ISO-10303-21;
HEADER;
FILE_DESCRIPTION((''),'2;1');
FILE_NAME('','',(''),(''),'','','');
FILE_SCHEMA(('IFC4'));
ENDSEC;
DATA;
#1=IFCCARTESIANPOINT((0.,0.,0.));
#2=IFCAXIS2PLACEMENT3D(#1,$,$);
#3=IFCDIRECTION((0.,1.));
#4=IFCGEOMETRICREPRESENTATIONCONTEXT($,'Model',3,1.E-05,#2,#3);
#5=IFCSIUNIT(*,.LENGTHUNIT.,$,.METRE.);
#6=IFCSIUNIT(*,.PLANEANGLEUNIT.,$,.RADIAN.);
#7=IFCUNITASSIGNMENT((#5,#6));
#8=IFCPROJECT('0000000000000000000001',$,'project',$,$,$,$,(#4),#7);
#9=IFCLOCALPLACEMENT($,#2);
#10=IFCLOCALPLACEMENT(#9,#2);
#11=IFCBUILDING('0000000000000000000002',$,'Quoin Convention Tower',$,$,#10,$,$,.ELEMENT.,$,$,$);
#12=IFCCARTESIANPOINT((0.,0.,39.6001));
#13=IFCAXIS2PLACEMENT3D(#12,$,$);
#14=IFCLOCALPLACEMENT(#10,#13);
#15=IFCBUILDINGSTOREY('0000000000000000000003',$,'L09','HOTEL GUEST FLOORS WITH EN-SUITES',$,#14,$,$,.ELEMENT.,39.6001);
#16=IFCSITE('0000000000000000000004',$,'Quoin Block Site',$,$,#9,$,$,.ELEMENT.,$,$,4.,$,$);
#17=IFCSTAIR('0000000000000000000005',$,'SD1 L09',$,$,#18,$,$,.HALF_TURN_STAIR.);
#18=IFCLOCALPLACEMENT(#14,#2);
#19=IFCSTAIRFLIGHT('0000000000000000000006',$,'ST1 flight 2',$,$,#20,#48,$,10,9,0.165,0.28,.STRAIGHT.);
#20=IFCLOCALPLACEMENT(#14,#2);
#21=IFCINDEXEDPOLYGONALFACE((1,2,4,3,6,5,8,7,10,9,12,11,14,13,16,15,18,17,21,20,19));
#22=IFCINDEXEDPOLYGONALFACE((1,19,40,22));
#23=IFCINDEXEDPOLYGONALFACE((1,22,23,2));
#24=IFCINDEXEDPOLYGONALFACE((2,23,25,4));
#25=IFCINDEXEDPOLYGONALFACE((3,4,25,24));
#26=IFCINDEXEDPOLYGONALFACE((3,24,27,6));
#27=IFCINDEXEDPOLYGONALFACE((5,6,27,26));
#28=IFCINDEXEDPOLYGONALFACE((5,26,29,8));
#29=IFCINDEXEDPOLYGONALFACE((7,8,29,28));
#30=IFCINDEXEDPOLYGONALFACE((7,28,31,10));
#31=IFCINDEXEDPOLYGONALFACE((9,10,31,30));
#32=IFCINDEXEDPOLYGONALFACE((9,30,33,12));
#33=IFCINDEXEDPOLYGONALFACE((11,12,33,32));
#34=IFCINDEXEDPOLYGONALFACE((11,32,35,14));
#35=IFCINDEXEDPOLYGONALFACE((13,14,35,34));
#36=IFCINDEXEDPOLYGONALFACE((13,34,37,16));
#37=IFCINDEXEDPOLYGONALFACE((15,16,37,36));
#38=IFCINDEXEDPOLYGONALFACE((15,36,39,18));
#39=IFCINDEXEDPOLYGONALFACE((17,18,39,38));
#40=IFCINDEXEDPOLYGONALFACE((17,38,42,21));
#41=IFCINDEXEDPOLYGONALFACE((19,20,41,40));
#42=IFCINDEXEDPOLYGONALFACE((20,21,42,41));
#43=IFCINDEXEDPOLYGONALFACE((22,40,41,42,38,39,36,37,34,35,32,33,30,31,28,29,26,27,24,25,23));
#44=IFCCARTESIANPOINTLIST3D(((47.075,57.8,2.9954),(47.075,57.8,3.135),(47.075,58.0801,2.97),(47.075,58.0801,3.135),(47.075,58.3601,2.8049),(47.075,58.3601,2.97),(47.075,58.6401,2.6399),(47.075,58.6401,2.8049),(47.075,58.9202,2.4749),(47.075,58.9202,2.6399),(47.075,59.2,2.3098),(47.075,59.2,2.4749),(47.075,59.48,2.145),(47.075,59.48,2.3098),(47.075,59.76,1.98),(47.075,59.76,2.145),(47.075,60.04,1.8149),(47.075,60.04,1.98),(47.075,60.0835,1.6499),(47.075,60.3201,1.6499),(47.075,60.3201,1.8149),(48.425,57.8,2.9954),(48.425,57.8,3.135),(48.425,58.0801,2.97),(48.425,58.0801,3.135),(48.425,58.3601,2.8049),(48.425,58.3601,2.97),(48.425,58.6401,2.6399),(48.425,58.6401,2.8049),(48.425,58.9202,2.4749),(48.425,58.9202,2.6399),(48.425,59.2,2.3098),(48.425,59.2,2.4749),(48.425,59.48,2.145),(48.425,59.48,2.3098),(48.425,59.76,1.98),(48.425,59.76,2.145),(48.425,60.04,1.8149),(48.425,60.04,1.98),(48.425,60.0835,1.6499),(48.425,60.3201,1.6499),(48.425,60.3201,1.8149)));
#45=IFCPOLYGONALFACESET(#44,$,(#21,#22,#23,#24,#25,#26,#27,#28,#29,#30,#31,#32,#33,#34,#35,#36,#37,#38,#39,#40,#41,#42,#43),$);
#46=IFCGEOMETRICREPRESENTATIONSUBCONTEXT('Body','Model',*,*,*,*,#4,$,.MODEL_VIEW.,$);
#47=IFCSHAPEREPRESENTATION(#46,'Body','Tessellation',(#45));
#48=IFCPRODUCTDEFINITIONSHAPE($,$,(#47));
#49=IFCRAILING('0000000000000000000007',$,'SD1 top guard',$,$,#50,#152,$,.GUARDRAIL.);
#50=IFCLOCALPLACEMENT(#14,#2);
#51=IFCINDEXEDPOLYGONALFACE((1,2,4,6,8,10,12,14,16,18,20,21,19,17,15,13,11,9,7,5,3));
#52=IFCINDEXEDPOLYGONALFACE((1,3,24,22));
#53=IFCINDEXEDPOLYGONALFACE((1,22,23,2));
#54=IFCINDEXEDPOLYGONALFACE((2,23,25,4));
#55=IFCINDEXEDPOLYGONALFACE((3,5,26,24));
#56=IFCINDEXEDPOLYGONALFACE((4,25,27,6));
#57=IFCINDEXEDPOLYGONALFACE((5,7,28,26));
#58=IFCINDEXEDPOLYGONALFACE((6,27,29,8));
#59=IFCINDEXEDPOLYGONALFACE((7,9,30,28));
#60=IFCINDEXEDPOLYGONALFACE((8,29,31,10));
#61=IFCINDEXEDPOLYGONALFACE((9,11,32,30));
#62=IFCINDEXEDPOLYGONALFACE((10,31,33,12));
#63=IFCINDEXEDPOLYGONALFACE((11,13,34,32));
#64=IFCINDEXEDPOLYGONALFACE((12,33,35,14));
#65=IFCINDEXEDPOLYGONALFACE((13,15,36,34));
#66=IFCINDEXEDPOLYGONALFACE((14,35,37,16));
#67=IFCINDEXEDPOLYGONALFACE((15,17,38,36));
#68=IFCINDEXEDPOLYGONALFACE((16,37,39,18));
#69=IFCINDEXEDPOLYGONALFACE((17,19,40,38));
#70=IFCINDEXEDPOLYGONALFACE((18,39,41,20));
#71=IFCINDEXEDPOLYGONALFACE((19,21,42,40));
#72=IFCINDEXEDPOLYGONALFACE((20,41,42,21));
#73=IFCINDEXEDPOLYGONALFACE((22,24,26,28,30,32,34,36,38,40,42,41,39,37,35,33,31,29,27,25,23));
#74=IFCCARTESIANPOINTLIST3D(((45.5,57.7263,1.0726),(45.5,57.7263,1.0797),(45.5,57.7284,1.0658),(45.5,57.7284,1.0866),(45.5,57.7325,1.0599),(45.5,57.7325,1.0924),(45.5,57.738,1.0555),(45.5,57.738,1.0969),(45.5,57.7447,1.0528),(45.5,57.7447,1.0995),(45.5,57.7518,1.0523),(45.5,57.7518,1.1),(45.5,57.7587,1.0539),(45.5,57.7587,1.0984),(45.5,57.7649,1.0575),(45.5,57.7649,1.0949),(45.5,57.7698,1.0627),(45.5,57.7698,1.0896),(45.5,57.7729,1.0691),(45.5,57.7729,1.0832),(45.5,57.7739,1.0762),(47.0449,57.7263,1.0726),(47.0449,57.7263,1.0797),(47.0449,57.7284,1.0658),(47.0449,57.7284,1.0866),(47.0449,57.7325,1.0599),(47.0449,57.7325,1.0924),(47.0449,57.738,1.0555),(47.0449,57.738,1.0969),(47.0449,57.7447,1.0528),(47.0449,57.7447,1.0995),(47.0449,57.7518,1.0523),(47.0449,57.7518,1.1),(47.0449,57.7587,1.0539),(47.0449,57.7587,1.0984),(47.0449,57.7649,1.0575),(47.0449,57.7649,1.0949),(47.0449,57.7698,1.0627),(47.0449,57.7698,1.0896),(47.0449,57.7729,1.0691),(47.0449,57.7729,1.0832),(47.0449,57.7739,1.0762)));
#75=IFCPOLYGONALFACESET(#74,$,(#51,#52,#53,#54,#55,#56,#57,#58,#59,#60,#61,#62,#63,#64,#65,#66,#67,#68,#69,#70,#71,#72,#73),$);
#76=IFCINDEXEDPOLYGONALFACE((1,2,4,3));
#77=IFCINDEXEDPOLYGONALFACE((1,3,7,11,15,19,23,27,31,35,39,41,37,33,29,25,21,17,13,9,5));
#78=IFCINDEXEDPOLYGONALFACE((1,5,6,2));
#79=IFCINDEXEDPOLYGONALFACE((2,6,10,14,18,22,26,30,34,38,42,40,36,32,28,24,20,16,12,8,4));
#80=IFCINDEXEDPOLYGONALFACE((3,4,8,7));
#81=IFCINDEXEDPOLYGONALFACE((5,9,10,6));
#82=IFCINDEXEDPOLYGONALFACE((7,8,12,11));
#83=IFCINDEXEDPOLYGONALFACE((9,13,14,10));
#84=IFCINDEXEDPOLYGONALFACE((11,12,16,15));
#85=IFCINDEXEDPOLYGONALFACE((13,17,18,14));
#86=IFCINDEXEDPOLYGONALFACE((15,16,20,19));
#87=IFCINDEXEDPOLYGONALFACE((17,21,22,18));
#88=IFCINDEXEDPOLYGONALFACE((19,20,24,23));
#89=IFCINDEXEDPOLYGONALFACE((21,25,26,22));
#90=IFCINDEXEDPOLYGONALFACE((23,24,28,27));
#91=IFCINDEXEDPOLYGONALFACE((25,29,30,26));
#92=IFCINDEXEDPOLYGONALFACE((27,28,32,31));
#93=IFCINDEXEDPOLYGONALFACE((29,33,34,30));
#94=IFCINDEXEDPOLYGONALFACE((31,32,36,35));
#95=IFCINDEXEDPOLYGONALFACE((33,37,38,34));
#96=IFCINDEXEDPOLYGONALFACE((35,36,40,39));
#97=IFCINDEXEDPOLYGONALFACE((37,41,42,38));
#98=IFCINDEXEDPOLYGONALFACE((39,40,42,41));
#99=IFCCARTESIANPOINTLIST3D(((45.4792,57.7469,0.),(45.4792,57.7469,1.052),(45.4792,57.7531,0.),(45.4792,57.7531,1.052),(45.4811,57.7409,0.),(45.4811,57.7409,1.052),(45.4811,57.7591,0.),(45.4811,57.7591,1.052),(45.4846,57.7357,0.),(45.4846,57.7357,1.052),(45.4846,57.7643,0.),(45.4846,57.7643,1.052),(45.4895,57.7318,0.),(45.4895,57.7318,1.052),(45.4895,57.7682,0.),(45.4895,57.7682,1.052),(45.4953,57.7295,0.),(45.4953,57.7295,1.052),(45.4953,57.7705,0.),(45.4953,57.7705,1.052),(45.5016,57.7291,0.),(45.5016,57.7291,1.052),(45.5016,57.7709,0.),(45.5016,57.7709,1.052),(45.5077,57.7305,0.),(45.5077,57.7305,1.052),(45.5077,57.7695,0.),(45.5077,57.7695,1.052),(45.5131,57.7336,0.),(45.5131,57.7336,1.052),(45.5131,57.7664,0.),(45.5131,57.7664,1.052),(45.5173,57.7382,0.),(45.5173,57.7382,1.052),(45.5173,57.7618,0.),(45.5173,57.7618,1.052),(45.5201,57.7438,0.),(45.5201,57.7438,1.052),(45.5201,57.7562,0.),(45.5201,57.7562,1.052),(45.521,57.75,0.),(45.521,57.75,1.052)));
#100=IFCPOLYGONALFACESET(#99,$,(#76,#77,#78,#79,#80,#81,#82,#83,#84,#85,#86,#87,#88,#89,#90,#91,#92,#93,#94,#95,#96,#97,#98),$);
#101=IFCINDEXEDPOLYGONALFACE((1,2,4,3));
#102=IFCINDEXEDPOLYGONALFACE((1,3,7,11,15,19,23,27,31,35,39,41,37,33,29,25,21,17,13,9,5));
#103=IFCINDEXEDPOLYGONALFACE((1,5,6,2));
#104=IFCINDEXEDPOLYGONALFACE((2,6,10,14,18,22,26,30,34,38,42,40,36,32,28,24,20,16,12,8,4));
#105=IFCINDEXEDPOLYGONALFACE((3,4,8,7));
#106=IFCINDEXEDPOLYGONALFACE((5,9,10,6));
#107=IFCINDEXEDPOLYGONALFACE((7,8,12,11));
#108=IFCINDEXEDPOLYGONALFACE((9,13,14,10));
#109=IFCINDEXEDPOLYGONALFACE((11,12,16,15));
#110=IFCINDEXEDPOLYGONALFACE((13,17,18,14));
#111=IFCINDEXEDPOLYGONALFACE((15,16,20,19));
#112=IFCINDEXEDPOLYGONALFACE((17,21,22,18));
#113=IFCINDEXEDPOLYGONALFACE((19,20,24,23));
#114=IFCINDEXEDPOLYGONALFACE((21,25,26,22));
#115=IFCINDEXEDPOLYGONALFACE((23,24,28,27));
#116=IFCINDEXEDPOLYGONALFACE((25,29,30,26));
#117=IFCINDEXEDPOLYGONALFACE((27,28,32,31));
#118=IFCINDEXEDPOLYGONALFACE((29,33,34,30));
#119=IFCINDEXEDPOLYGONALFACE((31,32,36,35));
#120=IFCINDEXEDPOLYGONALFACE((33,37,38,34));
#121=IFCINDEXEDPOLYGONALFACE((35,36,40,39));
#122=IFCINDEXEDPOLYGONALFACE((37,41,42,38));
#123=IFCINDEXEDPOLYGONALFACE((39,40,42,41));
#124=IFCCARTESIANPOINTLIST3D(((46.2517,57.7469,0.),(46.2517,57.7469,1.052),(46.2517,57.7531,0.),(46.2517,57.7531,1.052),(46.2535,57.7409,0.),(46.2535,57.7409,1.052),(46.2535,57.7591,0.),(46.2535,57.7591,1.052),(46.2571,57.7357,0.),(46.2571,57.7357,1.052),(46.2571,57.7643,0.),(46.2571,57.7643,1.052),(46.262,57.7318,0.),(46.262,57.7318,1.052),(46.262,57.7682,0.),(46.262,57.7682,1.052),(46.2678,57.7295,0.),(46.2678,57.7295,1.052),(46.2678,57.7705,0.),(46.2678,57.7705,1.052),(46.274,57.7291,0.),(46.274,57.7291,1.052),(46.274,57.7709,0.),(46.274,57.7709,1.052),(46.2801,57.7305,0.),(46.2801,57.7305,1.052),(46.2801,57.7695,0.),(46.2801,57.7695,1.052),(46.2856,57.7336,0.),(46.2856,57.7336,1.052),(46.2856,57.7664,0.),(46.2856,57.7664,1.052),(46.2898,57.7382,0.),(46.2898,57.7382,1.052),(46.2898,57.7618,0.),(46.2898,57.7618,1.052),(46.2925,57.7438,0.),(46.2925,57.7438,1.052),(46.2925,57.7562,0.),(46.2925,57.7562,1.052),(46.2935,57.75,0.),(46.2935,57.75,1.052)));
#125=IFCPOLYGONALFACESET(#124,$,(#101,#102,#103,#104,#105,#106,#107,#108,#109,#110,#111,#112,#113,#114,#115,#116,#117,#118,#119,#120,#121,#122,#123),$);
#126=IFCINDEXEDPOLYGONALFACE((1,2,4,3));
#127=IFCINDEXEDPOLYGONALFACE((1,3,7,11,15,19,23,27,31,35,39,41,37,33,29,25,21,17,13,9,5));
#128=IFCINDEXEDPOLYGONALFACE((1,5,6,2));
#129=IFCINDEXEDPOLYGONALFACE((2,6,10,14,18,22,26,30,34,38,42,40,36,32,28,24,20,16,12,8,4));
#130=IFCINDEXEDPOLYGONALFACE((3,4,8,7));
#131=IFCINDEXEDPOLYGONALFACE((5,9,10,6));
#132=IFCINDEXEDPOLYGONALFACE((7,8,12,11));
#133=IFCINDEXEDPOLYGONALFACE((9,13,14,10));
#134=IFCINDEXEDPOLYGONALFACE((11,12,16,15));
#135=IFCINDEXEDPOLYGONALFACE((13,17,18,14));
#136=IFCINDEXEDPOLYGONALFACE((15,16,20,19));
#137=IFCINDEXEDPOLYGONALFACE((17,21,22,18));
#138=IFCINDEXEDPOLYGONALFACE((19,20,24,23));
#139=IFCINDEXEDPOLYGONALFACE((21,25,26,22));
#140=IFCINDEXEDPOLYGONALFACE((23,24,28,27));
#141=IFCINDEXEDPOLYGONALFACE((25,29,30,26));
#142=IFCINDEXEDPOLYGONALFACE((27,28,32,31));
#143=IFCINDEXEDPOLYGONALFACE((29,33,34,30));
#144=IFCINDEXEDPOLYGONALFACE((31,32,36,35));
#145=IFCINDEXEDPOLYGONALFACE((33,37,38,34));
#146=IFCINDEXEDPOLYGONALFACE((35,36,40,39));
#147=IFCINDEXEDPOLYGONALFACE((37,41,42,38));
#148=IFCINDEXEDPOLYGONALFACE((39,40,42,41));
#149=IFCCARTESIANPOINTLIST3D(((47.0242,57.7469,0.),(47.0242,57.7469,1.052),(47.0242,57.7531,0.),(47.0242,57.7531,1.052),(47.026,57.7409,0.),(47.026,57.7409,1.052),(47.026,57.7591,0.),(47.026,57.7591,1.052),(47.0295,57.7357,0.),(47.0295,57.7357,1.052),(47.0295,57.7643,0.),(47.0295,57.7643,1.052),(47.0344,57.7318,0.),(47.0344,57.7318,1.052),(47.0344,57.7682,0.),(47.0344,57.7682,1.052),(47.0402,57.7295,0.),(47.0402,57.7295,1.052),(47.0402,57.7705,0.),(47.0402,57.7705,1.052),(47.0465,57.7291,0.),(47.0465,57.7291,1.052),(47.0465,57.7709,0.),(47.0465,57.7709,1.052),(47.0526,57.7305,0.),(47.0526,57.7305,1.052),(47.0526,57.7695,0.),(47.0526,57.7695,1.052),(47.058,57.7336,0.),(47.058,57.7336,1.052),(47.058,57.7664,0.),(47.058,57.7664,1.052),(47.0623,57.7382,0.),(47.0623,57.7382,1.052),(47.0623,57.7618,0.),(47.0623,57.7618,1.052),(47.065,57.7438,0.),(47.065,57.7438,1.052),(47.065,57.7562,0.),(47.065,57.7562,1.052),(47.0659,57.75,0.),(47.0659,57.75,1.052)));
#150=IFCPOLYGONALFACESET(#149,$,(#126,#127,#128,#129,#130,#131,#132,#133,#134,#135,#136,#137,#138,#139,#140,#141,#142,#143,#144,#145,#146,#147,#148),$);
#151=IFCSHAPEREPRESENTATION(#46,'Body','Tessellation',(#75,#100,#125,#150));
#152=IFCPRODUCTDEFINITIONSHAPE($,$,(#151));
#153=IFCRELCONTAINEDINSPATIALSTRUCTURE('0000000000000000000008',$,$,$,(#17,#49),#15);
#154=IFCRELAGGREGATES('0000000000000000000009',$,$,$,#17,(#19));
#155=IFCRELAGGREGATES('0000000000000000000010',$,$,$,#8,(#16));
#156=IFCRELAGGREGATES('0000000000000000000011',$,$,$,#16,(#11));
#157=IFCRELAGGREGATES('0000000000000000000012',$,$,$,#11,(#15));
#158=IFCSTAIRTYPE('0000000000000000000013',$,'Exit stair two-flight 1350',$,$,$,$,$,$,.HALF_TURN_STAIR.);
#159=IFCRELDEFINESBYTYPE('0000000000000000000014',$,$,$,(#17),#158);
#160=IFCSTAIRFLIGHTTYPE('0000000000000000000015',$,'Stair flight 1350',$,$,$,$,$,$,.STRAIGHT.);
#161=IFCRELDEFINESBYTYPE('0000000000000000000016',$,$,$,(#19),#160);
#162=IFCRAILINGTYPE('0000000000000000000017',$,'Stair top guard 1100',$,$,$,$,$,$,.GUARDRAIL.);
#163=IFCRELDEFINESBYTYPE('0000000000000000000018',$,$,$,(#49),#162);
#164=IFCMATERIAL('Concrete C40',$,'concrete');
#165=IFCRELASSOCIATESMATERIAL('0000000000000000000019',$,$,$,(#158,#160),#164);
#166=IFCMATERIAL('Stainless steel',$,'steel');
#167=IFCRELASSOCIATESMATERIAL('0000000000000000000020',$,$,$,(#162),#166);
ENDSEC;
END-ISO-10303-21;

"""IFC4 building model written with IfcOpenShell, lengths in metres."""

from ifc_helpers import new_model, si_unit, direction, frame, origin, origin_2d, place, context, subcontext, project, spatial, polyline, circle, outline, extrude, material, type_object, element, aggregate, save


model = new_model("IFC4")

# Units and contexts
model_context = context("Model", 3, precision=1e-05, world=origin(), true_north=direction((0.0, 1.0)))
body_context = subcontext(model_context, "Body", "Model", "MODEL_VIEW")
ifc_project = project(units=[si_unit("LENGTHUNIT", "METRE"), si_unit("PLANEANGLEUNIT", "RADIAN")], contexts=[model_context])

# Site, building, storey
site_placement = place(None, origin())
site = spatial("IfcSite", under=ifc_project, at=site_placement, Name="Quoin Block Site", CompositionType="ELEMENT", RefElevation=4.0)
building_placement = place(site_placement, origin())
building = spatial("IfcBuilding", under=site, at=building_placement, Name="Quoin Convention Tower", CompositionType="ELEMENT")
storey_placement = place(building_placement, frame((0.0, 0.0, 39.6001)))
storey = spatial("IfcBuildingStorey", under=building, at=storey_placement, Name="L09", Description="HOTEL GUEST FLOORS WITH EN-SUITES", CompositionType="ELEMENT", Elevation=39.6001)

# Stair, stair flight
ifc_material_1 = material(Name="Concrete C40", Category="concrete")
stair_type = type_object("IfcStairType", Name="Exit stair two-flight 1350", PredefinedType="HALF_TURN_STAIR", material=ifc_material_1)
stair_placement = place(storey_placement, origin())
stair = element("IfcStair", 1, at=stair_placement, inside=storey, type_object=stair_type, Name="SD1 L09", PredefinedType="HALF_TURN_STAIR")
stair_flight_type = type_object("IfcStairFlightType", Name="Stair flight 1350", PredefinedType="STRAIGHT", material=ifc_material_1)
stair_flight_1_placement = place(storey_placement, frame((47.75, 60.3201, 1.6499), z_axis=(0.0, 0.0, 1.0), x_axis=(0.0, -1.0, 0.0)))
stair_flight_1 = element("IfcStairFlight", 2, at=stair_flight_1_placement, type_object=stair_flight_type, Name="ST1 flight 2", NumberOfRisers=10, NumberOfTreads=9, PredefinedType="STRAIGHT", RiserHeight=0.165, TreadLength=0.28, context=body_context, shape_type="SweptSolid", body=[
    extrude(outline(polyline([(0.0, 0.0), (0.0, 0.165), (0.28, 0.165), (0.28, 0.3301), (0.5601, 0.3301), (0.5601, 0.4951), (0.8401, 0.4951), (0.8401, 0.6599), (1.1201, 0.6599), (1.1201, 0.825), (1.3999, 0.825), (1.3999, 0.99), (1.6799, 0.99), (1.6799, 1.155), (1.96, 1.155), (1.96, 1.3201), (2.24, 1.3201), (2.24, 1.4851), (2.52, 1.4851), (2.52, 1.6499), (2.52, 1.3455), (0.2366, 0.0), (0.0, 0.0)])), frame((0.0, 0.675, 0.0), z_axis=(0.0, -1.0, 0.0), x_axis=(1.0, 0.0, 0.0)), (0.0, 0.0, 1.0), 1.3501),
])
aggregate(stair, [stair_flight_1])

# Railing
ifc_material_2 = material(Name="Stainless steel", Category="steel")
railing_type_1 = type_object("IfcRailingType", Name="Stair top guard 1100", PredefinedType="GUARDRAIL", material=ifc_material_2)
railing_1_placement = place(storey_placement, frame((45.5, 57.75, 0.0)))
element("IfcRailing", 3, at=railing_1_placement, inside=storey, type_object=railing_type_1, Name="SD1 top guard", PredefinedType="GUARDRAIL", context=body_context, shape_type="SweptSolid", body=[
    extrude(circle(Radius=0.0239, at=origin_2d()), frame((0.0, 0.0, 1.0762), z_axis=(1.0, 0.0, 0.0), x_axis=(0.0, 1.0, 0.0)), (0.0, 0.0, 1.0), 1.5449),
    extrude(circle(Radius=0.021, at=origin_2d()), origin(), (0.0, 0.0, 1.0), 1.052),
    extrude(circle(Radius=0.021, at=origin_2d()), frame((0.7725, 0.0, 0.0)), (0.0, 0.0, 1.0), 1.052),
    extrude(circle(Radius=0.021, at=origin_2d()), frame((1.5449, 0.0, 0.0)), (0.0, 0.0, 1.0), 1.052),
])

save(model, "model.ifc")
